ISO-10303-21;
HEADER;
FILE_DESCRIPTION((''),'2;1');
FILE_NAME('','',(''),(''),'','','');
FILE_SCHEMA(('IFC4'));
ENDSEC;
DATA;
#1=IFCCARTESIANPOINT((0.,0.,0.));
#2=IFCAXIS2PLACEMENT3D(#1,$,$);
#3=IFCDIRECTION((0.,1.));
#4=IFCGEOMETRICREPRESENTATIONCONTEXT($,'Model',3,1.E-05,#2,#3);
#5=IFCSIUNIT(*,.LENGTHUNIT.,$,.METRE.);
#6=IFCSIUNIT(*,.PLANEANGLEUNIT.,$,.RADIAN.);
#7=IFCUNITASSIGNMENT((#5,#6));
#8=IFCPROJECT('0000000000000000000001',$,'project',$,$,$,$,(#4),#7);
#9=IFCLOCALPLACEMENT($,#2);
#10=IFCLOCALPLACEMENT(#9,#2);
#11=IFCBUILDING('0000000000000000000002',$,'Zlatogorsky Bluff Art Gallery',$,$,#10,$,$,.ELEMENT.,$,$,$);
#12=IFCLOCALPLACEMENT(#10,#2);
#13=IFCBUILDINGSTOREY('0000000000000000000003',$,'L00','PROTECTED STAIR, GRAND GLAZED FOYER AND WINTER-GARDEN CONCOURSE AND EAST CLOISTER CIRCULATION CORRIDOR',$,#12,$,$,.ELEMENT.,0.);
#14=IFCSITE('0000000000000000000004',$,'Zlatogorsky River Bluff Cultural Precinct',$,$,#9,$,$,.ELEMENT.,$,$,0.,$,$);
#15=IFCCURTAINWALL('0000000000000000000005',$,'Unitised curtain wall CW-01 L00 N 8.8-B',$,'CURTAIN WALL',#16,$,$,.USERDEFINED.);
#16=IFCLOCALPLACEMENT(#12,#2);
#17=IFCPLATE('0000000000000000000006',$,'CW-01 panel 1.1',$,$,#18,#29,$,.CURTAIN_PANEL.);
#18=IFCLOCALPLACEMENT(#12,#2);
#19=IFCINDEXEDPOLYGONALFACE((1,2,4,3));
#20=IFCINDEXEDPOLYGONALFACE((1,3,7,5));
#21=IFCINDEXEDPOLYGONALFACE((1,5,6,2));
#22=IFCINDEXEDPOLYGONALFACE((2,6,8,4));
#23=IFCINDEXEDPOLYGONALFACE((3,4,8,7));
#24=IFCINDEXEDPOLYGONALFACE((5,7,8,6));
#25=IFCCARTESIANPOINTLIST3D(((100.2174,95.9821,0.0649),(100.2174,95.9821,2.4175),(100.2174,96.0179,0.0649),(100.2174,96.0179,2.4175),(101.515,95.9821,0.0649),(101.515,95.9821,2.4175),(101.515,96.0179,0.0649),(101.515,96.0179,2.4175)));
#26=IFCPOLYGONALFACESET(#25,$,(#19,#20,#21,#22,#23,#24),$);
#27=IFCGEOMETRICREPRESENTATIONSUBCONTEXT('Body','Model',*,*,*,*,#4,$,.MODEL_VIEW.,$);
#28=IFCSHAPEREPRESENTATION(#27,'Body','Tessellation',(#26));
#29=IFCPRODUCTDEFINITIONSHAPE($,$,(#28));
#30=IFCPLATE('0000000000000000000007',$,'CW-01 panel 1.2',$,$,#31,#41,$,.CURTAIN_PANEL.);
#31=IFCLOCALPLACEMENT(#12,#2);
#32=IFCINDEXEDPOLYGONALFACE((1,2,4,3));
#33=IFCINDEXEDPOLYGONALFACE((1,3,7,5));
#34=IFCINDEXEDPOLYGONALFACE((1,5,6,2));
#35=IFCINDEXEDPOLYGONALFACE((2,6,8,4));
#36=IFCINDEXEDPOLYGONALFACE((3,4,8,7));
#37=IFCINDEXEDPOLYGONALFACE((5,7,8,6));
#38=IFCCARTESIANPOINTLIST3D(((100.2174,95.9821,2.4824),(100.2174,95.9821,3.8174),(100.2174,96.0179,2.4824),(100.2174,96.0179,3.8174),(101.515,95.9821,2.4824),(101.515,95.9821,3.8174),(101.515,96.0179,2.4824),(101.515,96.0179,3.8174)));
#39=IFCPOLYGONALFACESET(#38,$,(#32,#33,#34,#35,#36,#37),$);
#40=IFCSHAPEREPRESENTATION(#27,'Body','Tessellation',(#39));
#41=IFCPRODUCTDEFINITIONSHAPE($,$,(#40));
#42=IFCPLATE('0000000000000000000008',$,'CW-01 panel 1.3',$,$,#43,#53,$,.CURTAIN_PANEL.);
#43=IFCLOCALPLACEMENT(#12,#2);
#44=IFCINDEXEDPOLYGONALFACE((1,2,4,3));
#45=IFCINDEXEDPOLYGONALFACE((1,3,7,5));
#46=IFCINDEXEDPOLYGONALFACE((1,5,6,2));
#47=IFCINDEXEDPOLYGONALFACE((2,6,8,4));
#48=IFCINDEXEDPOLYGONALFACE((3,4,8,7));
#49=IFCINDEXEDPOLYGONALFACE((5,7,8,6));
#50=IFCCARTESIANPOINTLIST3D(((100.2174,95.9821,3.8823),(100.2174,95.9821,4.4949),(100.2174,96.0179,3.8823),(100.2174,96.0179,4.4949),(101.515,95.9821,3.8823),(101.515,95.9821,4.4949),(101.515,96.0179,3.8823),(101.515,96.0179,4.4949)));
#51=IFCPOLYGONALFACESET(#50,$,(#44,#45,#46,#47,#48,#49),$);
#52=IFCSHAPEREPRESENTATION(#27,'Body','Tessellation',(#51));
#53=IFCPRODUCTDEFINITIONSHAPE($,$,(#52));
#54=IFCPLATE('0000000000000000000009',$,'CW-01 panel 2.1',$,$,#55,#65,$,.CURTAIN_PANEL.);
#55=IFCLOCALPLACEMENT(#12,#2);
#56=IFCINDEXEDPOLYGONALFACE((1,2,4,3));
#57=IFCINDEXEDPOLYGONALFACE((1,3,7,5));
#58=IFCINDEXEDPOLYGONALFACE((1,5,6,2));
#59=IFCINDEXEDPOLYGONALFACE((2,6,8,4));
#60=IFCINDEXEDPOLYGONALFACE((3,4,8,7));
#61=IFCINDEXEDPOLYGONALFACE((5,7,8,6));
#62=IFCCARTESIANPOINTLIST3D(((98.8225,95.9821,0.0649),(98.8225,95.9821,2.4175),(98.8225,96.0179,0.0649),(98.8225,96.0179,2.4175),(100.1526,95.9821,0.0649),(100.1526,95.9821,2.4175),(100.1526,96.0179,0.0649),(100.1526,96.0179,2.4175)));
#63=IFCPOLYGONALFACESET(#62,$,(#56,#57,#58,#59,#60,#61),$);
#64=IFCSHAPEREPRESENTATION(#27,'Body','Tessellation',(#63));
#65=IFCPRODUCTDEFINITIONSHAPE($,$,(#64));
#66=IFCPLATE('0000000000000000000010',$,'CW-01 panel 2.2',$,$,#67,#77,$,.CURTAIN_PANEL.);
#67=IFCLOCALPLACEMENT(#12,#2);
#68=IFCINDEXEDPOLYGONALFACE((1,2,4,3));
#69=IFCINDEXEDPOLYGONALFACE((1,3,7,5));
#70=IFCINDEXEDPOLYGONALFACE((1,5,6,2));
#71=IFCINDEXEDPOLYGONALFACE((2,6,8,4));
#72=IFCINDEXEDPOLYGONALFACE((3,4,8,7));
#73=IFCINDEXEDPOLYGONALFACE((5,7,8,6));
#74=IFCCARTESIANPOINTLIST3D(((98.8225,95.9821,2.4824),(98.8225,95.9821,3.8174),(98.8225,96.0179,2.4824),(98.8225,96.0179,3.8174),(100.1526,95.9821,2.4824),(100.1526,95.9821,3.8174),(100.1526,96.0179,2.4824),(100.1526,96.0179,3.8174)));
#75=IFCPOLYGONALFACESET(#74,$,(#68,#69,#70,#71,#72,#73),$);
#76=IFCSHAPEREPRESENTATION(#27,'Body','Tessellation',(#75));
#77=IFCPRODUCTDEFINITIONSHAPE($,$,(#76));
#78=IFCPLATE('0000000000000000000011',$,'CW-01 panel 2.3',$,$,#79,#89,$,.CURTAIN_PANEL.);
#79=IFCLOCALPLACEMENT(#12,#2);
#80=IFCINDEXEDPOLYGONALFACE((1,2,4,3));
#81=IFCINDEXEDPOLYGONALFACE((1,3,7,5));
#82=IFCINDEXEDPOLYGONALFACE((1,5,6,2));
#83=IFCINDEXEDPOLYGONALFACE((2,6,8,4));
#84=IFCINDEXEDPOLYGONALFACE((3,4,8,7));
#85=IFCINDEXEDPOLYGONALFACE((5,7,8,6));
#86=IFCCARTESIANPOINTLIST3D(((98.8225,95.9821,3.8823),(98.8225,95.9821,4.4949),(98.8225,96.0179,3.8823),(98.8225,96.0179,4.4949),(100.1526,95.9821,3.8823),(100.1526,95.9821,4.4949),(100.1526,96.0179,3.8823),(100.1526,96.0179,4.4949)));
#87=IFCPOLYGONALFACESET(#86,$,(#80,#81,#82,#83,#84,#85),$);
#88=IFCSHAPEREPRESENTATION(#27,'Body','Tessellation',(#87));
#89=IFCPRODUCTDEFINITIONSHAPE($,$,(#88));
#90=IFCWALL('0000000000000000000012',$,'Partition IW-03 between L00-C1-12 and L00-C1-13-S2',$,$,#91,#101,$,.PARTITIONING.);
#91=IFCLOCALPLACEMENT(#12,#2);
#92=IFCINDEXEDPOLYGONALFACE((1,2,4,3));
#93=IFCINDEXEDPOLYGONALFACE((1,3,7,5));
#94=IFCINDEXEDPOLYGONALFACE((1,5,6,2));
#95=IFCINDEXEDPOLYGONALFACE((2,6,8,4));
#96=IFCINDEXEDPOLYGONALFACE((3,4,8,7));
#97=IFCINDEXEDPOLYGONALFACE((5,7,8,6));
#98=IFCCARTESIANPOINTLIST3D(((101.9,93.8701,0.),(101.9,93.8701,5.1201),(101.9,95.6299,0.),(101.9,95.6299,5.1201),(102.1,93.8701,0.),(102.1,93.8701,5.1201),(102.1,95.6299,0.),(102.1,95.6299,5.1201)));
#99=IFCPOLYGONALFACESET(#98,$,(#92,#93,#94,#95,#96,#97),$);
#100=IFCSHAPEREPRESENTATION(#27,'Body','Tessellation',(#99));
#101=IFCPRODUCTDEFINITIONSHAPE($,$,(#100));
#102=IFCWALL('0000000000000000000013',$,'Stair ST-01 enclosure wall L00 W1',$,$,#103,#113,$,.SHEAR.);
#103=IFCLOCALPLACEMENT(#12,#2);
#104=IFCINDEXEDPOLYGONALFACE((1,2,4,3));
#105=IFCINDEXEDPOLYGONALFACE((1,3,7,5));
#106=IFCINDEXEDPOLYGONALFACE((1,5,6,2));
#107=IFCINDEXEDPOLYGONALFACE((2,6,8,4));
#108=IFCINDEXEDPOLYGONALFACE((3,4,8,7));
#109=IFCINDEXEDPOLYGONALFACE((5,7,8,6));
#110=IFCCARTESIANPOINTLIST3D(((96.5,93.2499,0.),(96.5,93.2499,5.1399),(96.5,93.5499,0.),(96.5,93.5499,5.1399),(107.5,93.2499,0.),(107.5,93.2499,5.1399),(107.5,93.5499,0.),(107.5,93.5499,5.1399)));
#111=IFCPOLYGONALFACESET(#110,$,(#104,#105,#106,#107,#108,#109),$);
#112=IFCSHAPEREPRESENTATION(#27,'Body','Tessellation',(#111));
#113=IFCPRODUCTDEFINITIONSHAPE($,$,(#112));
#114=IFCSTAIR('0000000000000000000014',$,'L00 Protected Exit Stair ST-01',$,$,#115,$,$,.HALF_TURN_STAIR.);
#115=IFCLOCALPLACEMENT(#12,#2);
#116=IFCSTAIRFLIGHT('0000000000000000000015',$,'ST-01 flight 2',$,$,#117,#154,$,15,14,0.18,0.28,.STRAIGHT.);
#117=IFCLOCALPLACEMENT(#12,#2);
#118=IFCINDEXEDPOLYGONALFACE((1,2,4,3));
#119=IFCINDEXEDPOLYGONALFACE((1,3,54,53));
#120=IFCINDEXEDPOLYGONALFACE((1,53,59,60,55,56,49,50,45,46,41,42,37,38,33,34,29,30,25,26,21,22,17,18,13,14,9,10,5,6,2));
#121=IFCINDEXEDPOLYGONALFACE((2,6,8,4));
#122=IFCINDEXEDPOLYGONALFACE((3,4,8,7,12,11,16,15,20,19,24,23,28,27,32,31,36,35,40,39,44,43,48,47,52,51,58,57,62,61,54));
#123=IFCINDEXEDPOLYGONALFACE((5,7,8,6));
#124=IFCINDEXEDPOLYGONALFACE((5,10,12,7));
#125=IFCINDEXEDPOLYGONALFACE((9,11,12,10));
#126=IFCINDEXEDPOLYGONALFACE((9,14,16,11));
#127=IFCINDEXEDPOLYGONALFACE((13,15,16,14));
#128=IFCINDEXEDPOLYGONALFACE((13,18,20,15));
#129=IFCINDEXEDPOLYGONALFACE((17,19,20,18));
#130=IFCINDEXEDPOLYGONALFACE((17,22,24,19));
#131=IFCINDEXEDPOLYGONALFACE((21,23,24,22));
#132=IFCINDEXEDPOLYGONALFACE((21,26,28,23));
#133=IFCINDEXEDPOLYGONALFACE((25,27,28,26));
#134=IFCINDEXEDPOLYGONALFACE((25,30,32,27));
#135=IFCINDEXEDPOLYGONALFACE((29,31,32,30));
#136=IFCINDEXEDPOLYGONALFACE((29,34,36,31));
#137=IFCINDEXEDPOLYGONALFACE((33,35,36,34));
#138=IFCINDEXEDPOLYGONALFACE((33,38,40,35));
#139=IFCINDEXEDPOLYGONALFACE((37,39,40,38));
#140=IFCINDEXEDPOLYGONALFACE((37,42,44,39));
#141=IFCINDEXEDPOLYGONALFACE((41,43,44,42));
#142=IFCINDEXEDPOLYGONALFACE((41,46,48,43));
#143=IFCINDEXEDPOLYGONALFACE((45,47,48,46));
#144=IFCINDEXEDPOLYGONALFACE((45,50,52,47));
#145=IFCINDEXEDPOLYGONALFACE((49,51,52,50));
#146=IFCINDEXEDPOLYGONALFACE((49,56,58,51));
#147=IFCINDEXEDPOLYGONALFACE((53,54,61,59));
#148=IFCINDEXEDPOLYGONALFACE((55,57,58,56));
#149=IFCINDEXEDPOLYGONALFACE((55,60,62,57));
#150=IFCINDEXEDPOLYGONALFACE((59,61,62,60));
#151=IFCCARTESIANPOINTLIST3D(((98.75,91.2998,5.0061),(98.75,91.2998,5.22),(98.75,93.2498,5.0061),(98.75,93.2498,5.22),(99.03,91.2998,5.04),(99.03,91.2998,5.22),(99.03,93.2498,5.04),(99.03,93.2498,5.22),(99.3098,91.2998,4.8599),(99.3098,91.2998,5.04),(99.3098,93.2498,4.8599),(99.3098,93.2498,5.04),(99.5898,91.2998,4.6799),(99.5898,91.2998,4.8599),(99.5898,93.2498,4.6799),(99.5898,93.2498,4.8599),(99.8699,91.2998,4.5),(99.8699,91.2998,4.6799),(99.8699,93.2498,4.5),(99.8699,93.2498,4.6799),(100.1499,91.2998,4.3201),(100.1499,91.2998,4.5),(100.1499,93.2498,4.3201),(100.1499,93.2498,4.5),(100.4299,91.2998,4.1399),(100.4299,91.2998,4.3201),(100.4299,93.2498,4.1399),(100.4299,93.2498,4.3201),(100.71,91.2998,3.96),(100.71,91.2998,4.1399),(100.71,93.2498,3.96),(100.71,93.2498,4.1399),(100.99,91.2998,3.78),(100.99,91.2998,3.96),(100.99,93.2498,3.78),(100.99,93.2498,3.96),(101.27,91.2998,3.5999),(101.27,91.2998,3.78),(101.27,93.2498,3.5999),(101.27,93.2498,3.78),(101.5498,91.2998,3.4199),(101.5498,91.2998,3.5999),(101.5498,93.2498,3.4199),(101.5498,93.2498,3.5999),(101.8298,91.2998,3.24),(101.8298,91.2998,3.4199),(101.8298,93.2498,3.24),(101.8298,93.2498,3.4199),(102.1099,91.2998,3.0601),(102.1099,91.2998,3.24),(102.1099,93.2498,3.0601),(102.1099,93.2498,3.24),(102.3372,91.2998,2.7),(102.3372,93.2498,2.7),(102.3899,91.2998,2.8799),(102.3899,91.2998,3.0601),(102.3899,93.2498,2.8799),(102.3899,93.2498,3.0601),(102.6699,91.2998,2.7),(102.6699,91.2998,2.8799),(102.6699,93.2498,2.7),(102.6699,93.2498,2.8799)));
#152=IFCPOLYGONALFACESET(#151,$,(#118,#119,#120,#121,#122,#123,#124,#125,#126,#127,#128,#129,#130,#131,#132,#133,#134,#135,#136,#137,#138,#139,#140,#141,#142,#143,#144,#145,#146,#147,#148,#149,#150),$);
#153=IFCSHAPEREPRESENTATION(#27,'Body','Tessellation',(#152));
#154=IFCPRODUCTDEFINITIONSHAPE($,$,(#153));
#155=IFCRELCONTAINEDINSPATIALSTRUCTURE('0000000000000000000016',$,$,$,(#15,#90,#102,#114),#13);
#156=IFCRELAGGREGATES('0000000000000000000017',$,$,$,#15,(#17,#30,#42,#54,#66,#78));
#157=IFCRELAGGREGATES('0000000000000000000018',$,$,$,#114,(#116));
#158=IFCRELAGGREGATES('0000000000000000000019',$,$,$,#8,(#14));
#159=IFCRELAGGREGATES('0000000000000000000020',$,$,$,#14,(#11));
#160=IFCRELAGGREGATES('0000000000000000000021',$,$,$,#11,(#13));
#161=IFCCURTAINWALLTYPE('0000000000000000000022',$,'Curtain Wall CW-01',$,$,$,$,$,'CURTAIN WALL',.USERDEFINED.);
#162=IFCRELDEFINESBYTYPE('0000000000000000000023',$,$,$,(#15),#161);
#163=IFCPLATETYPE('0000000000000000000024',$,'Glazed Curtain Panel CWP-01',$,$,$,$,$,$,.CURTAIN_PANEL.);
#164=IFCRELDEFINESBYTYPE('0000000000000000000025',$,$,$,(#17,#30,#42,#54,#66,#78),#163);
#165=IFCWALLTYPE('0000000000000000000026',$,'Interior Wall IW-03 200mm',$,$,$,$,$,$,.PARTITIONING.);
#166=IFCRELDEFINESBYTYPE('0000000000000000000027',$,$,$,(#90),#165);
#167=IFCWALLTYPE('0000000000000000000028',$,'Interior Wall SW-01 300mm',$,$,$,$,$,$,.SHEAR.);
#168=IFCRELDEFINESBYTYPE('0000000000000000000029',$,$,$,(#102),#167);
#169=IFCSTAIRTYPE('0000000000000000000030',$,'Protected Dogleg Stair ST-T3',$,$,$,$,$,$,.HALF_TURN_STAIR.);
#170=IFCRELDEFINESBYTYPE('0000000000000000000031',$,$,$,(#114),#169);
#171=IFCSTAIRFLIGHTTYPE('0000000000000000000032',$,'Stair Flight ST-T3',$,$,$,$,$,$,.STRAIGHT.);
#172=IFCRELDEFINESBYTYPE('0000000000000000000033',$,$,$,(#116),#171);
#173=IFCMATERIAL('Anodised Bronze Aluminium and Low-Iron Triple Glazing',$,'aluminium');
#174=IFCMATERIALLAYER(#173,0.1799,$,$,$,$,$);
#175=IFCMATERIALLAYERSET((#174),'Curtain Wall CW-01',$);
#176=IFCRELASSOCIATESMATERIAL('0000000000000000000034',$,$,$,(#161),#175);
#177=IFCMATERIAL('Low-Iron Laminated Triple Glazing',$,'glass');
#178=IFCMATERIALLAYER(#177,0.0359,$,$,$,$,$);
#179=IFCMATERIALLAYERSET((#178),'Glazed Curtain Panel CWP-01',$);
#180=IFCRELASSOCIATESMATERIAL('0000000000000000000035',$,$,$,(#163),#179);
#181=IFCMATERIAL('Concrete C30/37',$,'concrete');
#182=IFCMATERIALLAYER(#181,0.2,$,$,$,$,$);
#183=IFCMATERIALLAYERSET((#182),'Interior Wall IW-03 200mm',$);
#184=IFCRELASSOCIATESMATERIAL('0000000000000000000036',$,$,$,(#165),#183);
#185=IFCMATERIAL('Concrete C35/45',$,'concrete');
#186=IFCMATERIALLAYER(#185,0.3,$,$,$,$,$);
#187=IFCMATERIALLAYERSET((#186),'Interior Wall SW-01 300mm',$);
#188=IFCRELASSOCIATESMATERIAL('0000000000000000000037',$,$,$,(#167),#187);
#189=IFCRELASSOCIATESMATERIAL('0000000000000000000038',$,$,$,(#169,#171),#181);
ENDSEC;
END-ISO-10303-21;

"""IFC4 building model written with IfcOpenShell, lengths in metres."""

from ifc_helpers import new_model, si_unit, direction, frame, frame_2d, origin, origin_2d, place, context, subcontext, project, spatial, polyline, rectangle, outline, extrude, material, layer, layer_set, type_object, element, aggregate, save


model = new_model("IFC4")

# Units and contexts
model_context = context("Model", 3, precision=1e-05, world=origin(), true_north=direction((0.0, 1.0)))
body_context = subcontext(model_context, "Body", "Model", "MODEL_VIEW")
ifc_project = project(units=[si_unit("LENGTHUNIT", "METRE"), si_unit("PLANEANGLEUNIT", "RADIAN")], contexts=[model_context])

# Site, building, storey
site_placement = place(None, origin())
site = spatial("IfcSite", under=ifc_project, at=site_placement, Name="Zlatogorsky River Bluff Cultural Precinct", CompositionType="ELEMENT", RefElevation=0.0)
building_placement = place(site_placement, origin())
building = spatial("IfcBuilding", under=site, at=building_placement, Name="Zlatogorsky Bluff Art Gallery", CompositionType="ELEMENT")
storey_placement = place(building_placement, origin())
storey = spatial("IfcBuildingStorey", under=building, at=storey_placement, Name="L00", Description="PROTECTED STAIR, GRAND GLAZED FOYER AND WINTER-GARDEN CONCOURSE AND EAST CLOISTER CIRCULATION CORRIDOR", CompositionType="ELEMENT", Elevation=0.0)

# Curtain wall, plates
ifc_material_1 = material(Name="Anodised Bronze Aluminium and Low-Iron Triple Glazing", Category="aluminium")
ifc_layer_1 = layer(ifc_material_1, 0.1799)
ifc_layer_set_1 = layer_set([ifc_layer_1], Name="Curtain Wall CW-01")
curtain_wall_type = type_object("IfcCurtainWallType", Name="Curtain Wall CW-01", ElementType="CURTAIN WALL", PredefinedType="USERDEFINED", material=ifc_layer_set_1)
curtain_wall_placement = place(storey_placement, origin())
curtain_wall = element("IfcCurtainWall", 1, at=curtain_wall_placement, inside=storey, type_object=curtain_wall_type, Name="Unitised curtain wall CW-01 L00 N 8.8-B", ObjectType="CURTAIN WALL", PredefinedType="USERDEFINED")
ifc_material_2 = material(Name="Low-Iron Laminated Triple Glazing", Category="glass")
ifc_layer_2 = layer(ifc_material_2, 0.0359)
ifc_layer_set_2 = layer_set([ifc_layer_2], Name="Glazed Curtain Panel CWP-01")
plate_type = type_object("IfcPlateType", Name="Glazed Curtain Panel CWP-01", PredefinedType="CURTAIN_PANEL", material=ifc_layer_set_2)
plate_1_placement = place(storey_placement, frame((100.8662, 96.0, 0.0649), z_axis=(0.0, 0.0, 1.0), x_axis=(-1.0, 0.0, 0.0)))
plate_1 = element("IfcPlate", 2, at=plate_1_placement, type_object=plate_type, Name="CW-01 panel 1.1", PredefinedType="CURTAIN_PANEL", context=body_context, shape_type="SweptSolid", body=[
    extrude(rectangle(XDim=1.2976, YDim=0.0359, at=origin_2d()), origin(), (0.0, 0.0, 1.0), 2.3525),
])
plate_2_placement = place(storey_placement, frame((100.8662, 96.0, 2.4824), z_axis=(0.0, 0.0, 1.0), x_axis=(-1.0, 0.0, 0.0)))
plate_2 = element("IfcPlate", 3, at=plate_2_placement, type_object=plate_type, Name="CW-01 panel 1.2", PredefinedType="CURTAIN_PANEL", context=body_context, shape_type="SweptSolid", body=[
    extrude(rectangle(XDim=1.2976, YDim=0.0359, at=origin_2d()), origin(), (0.0, 0.0, 1.0), 1.335),
])
plate_3_placement = place(storey_placement, frame((100.8662, 96.0, 3.8823), z_axis=(0.0, 0.0, 1.0), x_axis=(-1.0, 0.0, 0.0)))
plate_3 = element("IfcPlate", 4, at=plate_3_placement, type_object=plate_type, Name="CW-01 panel 1.3", PredefinedType="CURTAIN_PANEL", context=body_context, shape_type="SweptSolid", body=[
    extrude(rectangle(XDim=1.2976, YDim=0.0359, at=origin_2d()), origin(), (0.0, 0.0, 1.0), 0.6125),
])
plate_4_placement = place(storey_placement, frame((99.4875, 96.0, 0.0649), z_axis=(0.0, 0.0, 1.0), x_axis=(-1.0, 0.0, 0.0)))
plate_4 = element("IfcPlate", 5, at=plate_4_placement, type_object=plate_type, Name="CW-01 panel 2.1", PredefinedType="CURTAIN_PANEL", context=body_context, shape_type="SweptSolid", body=[
    extrude(rectangle(XDim=1.3301, YDim=0.0359, at=origin_2d()), origin(), (0.0, 0.0, 1.0), 2.3525),
])
plate_5_placement = place(storey_placement, frame((99.4875, 96.0, 2.4824), z_axis=(0.0, 0.0, 1.0), x_axis=(-1.0, 0.0, 0.0)))
plate_5 = element("IfcPlate", 6, at=plate_5_placement, type_object=plate_type, Name="CW-01 panel 2.2", PredefinedType="CURTAIN_PANEL", context=body_context, shape_type="SweptSolid", body=[
    extrude(rectangle(XDim=1.3301, YDim=0.0359, at=origin_2d()), origin(), (0.0, 0.0, 1.0), 1.335),
])
plate_6_placement = place(storey_placement, frame((99.4875, 96.0, 3.8823), z_axis=(0.0, 0.0, 1.0), x_axis=(-1.0, 0.0, 0.0)))
plate_6 = element("IfcPlate", 7, at=plate_6_placement, type_object=plate_type, Name="CW-01 panel 2.3", PredefinedType="CURTAIN_PANEL", context=body_context, shape_type="SweptSolid", body=[
    extrude(rectangle(XDim=1.3301, YDim=0.0359, at=origin_2d()), origin(), (0.0, 0.0, 1.0), 0.6125),
])
aggregate(curtain_wall, [plate_1, plate_2, plate_3, plate_4, plate_5, plate_6])

# Walls
ifc_material_3 = material(Name="Concrete C30/37", Category="concrete")
ifc_layer_3 = layer(ifc_material_3, 0.2)
ifc_layer_set_3 = layer_set([ifc_layer_3], Name="Interior Wall IW-03 200mm")
wall_type_1 = type_object("IfcWallType", Name="Interior Wall IW-03 200mm", PredefinedType="PARTITIONING", material=ifc_layer_set_3)
wall_1_placement = place(storey_placement, frame((102.0, 93.8701, 0.0), z_axis=(0.0, 0.0, 1.0), x_axis=(0.0, 1.0, 0.0)))
element("IfcWall", 8, at=wall_1_placement, inside=storey, type_object=wall_type_1, Name="Partition IW-03 between L00-C1-12 and L00-C1-13-S2", PredefinedType="PARTITIONING", context=body_context, shape_type="SweptSolid", body=[
    extrude(rectangle(XDim=1.7598, YDim=0.2, at=frame_2d((0.8799, 0.0))), origin(), (0.0, 0.0, 1.0), 5.1201),
])
ifc_material_4 = material(Name="Concrete C35/45", Category="concrete")
ifc_layer_4 = layer(ifc_material_4, 0.3)
ifc_layer_set_4 = layer_set([ifc_layer_4], Name="Interior Wall SW-01 300mm")
wall_type_2 = type_object("IfcWallType", Name="Interior Wall SW-01 300mm", PredefinedType="SHEAR", material=ifc_layer_set_4)
wall_2_placement = place(storey_placement, frame((107.5, 93.3999, 0.0), z_axis=(0.0, 0.0, 1.0), x_axis=(-1.0, 0.0, 0.0)))
element("IfcWall", 9, at=wall_2_placement, inside=storey, type_object=wall_type_2, Name="Stair ST-01 enclosure wall L00 W1", PredefinedType="SHEAR", context=body_context, shape_type="SweptSolid", body=[
    extrude(rectangle(XDim=11.0, YDim=0.3, at=frame_2d((5.5, 0.0))), origin(), (0.0, 0.0, 1.0), 5.1399),
])

# Stair, stair flight
stair_type = type_object("IfcStairType", Name="Protected Dogleg Stair ST-T3", PredefinedType="HALF_TURN_STAIR", material=ifc_material_3)
stair_placement = place(storey_placement, origin())
stair = element("IfcStair", 10, at=stair_placement, inside=storey, type_object=stair_type, Name="L00 Protected Exit Stair ST-01", PredefinedType="HALF_TURN_STAIR")
stair_flight_type = type_object("IfcStairFlightType", Name="Stair Flight ST-T3", PredefinedType="STRAIGHT", material=ifc_material_3)
stair_flight_placement = place(storey_placement, frame((102.6699, 92.2749, 2.7), z_axis=(0.0, 0.0, 1.0), x_axis=(-1.0, 0.0, 0.0)))
stair_flight = element("IfcStairFlight", 11, at=stair_flight_placement, type_object=stair_flight_type, Name="ST-01 flight 2", NumberOfRisers=15, NumberOfTreads=14, PredefinedType="STRAIGHT", RiserHeight=0.18, TreadLength=0.28, context=body_context, shape_type="SweptSolid", body=[
    extrude(outline(polyline([(0.0, 0.0), (0.0, 0.1799), (0.28, 0.1799), (0.28, 0.3601), (0.5601, 0.3601), (0.5601, 0.54), (0.8401, 0.54), (0.8401, 0.72), (1.1201, 0.72), (1.1201, 0.8999), (1.3999, 0.8999), (1.3999, 1.0801), (1.6799, 1.0801), (1.6799, 1.26), (1.96, 1.26), (1.96, 1.4399), (2.24, 1.4399), (2.24, 1.6201), (2.52, 1.6201), (2.52, 1.8), (2.8, 1.8), (2.8, 1.98), (3.0801, 1.98), (3.0801, 2.1599), (3.3601, 2.1599), (3.3601, 2.3401), (3.6399, 2.3401), (3.6399, 2.52), (3.9199, 2.52), (3.9199, 2.7), (3.9199, 2.3062), (0.3328, 0.0), (0.0, 0.0)])), frame((0.0, 0.9751, 0.0), z_axis=(0.0, -1.0, 0.0), x_axis=(1.0, 0.0, 0.0)), (0.0, 0.0, 1.0), 1.95),
])
aggregate(stair, [stair_flight])

save(model, "model.ifc")
